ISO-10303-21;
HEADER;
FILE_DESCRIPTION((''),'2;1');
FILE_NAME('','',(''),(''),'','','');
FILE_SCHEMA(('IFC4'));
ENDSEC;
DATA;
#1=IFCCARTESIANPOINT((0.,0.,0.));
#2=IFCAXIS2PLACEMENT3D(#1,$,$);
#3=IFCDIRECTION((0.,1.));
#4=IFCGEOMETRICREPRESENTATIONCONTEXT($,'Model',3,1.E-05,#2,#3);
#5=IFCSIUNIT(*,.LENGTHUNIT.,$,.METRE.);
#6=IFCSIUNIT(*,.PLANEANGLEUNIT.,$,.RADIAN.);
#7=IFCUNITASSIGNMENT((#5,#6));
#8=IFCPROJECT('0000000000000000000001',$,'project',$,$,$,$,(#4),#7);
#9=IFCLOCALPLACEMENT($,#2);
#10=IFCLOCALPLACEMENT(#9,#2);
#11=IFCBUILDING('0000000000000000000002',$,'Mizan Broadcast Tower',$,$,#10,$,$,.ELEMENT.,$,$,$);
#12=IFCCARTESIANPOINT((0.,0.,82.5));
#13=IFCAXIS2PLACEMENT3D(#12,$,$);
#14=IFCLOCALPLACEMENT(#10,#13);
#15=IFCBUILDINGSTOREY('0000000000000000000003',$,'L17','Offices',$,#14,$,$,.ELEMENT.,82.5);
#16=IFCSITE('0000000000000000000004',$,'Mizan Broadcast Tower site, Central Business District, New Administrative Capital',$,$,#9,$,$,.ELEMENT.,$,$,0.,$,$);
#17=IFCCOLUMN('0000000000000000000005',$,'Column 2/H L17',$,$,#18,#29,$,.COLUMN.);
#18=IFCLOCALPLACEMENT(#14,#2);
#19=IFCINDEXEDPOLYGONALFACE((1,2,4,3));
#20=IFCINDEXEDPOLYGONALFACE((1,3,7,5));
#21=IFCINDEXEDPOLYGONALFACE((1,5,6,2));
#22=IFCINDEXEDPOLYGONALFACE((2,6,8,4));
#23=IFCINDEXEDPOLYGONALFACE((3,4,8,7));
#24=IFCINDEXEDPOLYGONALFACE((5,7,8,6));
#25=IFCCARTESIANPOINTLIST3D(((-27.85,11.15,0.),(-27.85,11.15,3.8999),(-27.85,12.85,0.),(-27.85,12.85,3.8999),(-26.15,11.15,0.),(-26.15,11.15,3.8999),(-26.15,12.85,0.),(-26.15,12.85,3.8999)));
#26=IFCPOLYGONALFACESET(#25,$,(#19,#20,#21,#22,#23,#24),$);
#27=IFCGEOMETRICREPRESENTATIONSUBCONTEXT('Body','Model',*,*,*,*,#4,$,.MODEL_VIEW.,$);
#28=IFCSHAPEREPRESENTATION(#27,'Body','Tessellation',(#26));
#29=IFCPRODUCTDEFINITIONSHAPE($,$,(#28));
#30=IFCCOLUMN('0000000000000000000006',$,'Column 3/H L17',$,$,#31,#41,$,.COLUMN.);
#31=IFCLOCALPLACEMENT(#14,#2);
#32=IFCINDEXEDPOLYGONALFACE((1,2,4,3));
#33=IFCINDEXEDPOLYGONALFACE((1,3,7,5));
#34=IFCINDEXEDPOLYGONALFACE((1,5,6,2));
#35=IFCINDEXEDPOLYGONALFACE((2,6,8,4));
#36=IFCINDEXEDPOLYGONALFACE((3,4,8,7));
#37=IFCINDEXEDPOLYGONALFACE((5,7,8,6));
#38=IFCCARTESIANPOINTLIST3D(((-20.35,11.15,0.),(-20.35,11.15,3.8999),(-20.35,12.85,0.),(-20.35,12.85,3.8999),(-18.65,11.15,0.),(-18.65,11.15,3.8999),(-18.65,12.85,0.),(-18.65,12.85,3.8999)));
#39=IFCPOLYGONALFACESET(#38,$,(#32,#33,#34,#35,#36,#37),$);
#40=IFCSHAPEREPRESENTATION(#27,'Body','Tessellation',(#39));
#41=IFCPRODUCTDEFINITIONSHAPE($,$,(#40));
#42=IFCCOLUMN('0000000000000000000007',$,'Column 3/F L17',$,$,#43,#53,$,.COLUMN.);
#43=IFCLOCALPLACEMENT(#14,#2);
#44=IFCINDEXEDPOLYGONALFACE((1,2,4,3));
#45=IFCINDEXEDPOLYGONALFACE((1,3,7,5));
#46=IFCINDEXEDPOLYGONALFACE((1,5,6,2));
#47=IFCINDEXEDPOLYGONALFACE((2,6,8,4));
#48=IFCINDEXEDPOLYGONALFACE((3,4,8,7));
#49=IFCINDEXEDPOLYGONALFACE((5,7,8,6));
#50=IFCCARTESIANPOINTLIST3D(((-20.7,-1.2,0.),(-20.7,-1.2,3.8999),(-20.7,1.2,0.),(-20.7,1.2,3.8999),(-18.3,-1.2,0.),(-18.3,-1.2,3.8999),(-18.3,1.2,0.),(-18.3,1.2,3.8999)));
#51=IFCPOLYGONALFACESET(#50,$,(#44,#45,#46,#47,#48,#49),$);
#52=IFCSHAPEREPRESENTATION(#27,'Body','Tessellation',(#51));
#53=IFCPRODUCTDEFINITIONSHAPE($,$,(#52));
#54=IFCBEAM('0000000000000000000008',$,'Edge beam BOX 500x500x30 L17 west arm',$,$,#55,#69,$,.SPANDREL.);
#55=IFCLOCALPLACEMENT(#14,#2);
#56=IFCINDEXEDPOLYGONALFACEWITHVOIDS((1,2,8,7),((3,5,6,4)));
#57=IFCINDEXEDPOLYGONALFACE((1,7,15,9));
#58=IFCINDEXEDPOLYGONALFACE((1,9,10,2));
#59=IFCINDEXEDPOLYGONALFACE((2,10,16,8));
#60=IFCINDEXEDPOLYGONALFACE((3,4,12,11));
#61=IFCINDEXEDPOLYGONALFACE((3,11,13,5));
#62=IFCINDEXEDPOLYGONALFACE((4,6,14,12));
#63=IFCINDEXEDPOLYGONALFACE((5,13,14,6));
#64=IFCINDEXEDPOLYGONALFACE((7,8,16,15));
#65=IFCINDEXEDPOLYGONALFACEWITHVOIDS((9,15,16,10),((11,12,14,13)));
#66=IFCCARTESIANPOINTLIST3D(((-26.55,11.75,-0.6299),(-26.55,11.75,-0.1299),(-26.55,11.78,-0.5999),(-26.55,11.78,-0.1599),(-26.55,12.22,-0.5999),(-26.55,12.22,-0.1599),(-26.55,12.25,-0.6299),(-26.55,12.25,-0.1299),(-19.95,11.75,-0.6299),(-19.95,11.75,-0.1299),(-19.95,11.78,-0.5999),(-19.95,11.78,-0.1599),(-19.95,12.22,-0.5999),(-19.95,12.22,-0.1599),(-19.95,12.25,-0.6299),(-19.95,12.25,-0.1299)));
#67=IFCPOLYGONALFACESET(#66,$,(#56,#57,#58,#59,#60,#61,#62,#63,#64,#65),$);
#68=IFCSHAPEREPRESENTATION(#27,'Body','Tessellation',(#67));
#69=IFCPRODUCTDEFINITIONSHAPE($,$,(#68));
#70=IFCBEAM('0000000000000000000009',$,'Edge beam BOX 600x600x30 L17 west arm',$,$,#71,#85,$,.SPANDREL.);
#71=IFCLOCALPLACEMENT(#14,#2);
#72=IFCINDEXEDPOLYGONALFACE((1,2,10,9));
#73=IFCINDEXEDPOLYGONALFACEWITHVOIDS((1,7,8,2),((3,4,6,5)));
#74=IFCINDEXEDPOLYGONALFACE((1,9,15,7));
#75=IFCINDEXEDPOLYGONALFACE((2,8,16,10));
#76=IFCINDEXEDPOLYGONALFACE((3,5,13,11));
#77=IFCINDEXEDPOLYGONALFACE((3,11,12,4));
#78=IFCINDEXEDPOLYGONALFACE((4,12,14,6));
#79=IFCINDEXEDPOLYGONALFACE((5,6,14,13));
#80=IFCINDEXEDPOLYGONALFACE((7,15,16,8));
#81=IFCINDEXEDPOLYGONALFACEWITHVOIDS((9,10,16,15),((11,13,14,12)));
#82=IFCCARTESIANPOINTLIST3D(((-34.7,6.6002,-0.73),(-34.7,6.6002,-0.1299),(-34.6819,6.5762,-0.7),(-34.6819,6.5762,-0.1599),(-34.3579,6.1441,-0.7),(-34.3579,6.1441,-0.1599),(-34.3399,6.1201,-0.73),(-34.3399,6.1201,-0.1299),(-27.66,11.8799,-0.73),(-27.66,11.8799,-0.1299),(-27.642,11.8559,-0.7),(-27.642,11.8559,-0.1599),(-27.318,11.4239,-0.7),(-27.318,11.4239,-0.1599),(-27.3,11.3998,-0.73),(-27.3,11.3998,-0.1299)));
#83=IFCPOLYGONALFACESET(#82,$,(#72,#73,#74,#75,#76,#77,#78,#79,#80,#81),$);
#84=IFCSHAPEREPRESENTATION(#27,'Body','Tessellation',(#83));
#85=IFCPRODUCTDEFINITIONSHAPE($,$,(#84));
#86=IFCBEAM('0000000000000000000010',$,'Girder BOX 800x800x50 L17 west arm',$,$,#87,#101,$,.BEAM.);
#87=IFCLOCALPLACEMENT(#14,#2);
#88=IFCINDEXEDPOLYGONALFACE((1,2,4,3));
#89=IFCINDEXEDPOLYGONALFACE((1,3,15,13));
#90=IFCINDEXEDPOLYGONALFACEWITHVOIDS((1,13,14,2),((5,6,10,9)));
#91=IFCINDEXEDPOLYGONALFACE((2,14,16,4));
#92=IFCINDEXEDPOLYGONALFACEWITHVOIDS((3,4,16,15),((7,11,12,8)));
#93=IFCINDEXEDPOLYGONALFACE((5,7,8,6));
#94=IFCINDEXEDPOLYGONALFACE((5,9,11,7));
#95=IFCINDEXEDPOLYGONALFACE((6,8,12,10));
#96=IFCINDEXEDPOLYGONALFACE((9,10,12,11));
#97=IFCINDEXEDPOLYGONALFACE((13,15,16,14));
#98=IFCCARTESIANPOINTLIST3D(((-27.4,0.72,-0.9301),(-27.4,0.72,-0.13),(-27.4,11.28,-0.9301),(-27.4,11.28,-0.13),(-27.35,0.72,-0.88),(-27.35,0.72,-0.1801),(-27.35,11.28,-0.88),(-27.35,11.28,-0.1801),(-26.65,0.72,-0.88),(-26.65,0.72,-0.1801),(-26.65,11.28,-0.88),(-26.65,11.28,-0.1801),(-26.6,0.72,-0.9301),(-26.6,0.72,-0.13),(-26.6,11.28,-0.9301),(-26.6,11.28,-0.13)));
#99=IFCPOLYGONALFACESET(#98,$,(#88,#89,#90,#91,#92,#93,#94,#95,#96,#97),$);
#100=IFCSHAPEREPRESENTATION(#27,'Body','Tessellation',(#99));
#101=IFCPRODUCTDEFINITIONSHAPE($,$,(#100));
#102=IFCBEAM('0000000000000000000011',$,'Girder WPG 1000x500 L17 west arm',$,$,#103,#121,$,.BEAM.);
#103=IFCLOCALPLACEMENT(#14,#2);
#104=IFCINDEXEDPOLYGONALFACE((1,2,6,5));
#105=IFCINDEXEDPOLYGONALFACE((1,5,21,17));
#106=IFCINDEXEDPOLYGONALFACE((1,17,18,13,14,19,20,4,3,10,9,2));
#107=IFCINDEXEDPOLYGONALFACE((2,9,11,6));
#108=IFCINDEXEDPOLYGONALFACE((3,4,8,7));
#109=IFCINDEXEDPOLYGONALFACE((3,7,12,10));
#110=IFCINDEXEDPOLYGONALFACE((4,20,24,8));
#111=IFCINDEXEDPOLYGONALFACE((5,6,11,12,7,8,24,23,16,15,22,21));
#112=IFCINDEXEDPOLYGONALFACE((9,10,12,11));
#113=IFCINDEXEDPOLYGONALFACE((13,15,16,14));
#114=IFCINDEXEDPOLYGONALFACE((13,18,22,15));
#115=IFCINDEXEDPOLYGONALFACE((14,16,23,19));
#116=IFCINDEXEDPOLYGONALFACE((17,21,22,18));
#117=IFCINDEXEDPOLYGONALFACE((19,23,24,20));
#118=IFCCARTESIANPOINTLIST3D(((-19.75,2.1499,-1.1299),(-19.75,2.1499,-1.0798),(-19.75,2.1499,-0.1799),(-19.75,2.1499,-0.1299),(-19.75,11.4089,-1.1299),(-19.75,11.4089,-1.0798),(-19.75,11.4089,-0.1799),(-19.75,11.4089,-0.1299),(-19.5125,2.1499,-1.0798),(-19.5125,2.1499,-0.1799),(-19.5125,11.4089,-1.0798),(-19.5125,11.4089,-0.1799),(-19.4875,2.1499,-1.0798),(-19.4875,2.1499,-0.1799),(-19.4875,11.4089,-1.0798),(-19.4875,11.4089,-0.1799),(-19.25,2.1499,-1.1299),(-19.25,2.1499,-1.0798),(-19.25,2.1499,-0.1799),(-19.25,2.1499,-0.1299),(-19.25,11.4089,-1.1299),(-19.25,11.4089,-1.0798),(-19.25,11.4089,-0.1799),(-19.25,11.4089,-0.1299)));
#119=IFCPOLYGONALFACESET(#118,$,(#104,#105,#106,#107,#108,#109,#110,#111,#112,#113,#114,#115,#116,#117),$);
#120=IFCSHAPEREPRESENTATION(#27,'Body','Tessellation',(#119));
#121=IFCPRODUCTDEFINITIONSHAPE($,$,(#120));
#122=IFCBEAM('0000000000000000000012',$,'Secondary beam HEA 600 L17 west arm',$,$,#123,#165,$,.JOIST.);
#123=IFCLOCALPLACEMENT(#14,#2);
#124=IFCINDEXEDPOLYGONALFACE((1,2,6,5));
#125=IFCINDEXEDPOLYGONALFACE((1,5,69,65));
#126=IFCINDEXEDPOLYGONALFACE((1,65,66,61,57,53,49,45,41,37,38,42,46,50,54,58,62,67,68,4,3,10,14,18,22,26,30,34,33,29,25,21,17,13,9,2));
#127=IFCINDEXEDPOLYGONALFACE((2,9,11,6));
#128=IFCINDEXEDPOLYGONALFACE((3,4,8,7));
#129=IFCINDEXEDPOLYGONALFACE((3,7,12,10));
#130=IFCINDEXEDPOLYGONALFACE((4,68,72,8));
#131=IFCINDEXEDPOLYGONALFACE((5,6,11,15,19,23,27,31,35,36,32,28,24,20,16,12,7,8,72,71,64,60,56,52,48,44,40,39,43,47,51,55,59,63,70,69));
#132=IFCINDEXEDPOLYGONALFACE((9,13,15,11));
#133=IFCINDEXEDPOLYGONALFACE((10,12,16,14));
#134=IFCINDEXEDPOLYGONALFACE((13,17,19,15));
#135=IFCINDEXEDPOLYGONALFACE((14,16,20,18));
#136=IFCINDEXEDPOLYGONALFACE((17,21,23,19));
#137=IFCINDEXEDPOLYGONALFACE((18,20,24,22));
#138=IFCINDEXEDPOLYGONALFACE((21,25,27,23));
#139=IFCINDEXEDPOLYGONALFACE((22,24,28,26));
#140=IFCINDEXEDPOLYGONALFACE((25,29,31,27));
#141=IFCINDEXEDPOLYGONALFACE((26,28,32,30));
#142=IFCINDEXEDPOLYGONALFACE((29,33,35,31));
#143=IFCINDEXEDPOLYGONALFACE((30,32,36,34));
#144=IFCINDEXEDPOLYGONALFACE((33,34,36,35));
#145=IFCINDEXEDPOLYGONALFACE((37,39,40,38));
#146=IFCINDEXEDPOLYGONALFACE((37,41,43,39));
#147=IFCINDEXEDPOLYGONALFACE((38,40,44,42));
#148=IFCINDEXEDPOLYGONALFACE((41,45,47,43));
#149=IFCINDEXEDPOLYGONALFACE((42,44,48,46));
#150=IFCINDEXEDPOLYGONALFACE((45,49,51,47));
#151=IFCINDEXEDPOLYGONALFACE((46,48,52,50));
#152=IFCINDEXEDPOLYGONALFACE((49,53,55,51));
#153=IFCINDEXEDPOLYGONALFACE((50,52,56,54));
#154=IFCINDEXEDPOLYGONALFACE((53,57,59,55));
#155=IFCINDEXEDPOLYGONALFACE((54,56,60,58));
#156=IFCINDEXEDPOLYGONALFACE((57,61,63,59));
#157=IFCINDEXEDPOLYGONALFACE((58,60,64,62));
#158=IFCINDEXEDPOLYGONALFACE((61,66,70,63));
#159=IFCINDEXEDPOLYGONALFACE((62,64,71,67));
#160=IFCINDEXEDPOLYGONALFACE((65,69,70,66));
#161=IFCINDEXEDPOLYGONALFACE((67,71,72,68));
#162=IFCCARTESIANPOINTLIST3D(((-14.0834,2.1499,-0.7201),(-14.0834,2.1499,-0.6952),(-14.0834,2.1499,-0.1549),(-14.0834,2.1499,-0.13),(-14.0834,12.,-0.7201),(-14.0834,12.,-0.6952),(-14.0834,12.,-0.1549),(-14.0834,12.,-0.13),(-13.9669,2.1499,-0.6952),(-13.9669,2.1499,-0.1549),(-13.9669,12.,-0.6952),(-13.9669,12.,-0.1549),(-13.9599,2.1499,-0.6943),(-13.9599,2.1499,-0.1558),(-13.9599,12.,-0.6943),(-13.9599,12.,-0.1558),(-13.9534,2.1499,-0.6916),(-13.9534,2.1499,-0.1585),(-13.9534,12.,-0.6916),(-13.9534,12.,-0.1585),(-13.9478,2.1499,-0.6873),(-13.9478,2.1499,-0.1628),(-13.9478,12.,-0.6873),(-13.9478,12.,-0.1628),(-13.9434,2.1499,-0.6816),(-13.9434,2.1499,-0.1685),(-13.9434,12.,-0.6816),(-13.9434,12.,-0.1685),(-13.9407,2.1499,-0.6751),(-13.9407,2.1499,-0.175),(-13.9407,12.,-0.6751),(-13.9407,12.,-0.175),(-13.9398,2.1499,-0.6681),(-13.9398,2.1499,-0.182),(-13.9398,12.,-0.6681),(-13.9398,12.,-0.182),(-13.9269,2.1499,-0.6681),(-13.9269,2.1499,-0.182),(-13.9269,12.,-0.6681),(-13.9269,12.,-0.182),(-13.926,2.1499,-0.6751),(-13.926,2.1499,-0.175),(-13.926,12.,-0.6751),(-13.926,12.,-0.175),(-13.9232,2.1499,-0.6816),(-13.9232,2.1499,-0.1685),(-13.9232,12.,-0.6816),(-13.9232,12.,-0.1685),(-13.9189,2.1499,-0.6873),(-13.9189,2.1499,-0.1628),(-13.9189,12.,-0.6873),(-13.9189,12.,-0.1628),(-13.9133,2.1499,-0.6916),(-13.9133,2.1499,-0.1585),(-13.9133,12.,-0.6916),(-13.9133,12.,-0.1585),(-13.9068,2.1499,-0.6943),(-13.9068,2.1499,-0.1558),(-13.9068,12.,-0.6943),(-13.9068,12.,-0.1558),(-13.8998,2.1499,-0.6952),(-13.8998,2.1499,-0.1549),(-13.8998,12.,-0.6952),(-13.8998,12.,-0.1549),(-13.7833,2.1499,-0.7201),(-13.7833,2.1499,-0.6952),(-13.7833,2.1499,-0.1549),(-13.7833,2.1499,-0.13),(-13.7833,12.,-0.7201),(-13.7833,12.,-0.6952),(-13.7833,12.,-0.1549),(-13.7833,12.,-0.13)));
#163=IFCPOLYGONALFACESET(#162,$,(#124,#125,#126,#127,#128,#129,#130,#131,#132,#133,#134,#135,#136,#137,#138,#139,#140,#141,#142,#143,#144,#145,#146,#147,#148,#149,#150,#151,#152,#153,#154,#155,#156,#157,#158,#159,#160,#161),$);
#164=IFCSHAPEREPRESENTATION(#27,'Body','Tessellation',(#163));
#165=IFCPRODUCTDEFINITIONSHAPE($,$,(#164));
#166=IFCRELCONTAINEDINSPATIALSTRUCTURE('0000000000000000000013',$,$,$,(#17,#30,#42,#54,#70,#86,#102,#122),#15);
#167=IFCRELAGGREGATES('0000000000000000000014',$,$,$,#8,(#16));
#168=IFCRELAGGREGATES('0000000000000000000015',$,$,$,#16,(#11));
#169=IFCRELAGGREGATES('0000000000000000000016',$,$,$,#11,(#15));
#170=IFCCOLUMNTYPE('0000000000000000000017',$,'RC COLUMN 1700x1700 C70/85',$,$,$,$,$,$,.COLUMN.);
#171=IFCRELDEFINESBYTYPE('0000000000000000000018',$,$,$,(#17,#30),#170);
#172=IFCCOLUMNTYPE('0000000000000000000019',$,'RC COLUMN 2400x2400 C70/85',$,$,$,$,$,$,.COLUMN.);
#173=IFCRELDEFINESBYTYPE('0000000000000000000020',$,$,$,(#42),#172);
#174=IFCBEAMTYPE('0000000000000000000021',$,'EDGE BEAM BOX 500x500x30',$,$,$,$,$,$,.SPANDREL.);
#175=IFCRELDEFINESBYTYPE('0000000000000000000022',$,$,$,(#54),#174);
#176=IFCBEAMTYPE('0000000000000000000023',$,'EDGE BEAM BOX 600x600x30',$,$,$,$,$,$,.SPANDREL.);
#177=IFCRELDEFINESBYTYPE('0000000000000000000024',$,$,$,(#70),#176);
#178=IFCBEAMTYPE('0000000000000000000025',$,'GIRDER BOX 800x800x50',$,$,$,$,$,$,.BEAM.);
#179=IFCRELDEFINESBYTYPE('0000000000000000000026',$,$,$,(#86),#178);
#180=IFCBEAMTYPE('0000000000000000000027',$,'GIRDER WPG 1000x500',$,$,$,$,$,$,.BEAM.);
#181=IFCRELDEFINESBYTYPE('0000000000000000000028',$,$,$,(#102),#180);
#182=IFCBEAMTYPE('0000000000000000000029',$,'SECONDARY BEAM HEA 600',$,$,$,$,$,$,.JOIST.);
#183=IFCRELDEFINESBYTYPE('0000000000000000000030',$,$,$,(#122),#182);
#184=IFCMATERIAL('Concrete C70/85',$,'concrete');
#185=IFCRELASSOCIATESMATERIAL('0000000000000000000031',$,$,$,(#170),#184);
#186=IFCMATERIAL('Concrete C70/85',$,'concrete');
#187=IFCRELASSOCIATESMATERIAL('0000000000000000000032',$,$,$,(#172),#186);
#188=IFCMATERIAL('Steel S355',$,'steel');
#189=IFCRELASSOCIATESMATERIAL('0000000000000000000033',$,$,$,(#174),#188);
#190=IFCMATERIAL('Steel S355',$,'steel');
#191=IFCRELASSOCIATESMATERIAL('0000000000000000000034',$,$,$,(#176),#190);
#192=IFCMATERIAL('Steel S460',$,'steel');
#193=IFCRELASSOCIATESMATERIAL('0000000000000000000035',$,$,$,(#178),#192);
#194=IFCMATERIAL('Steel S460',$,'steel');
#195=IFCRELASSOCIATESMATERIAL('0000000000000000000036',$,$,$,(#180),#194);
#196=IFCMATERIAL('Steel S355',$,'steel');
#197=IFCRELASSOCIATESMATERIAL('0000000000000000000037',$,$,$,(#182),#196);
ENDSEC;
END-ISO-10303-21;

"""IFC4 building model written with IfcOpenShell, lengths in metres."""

from ifc_helpers import new_model, si_unit, direction, frame, origin, origin_2d, place, context, subcontext, project, spatial, rectangle, hollow_rectangle, i_section, extrude, material, material_profile, profile_set, type_object, element, save


model = new_model("IFC4")

# Units and contexts
model_context = context("Model", 3, precision=1e-05, world=origin(), true_north=direction((0.0, 1.0)))
body_context = subcontext(model_context, "Body", "Model", "MODEL_VIEW")
ifc_project = project(units=[si_unit("LENGTHUNIT", "METRE"), si_unit("PLANEANGLEUNIT", "RADIAN")], contexts=[model_context])

# Site, building, storey
site_placement = place(None, origin())
site = spatial("IfcSite", under=ifc_project, at=site_placement, Name="Mizan Broadcast Tower site, Central Business District, New Administrative Capital", CompositionType="ELEMENT", RefElevation=0.0)
building_placement = place(site_placement, origin())
building = spatial("IfcBuilding", under=site, at=building_placement, Name="Mizan Broadcast Tower", CompositionType="ELEMENT")
storey_placement = place(building_placement, frame((0.0, 0.0, 82.5)))
storey = spatial("IfcBuildingStorey", under=building, at=storey_placement, Name="L17", Description="Offices", CompositionType="ELEMENT", Elevation=82.5)

# Columns
ifc_material_1 = material(Name="Concrete C70/85", Category="concrete")
ifc_material_profile_1 = material_profile(ifc_material_1, rectangle(XDim=1.7, YDim=1.7, at=origin_2d()), Name="RC 1700x1700")
ifc_profile_set_1 = profile_set([ifc_material_profile_1], Name="Concrete C70/85")
column_type_1 = type_object("IfcColumnType", Name="RC COLUMN 1700x1700 C70/85", PredefinedType="COLUMN", material=ifc_profile_set_1)
for number, where, z_axis, x_axis, name in (
    (1, (-27.0, 12.0, 0.0), (0.0, 0.0, 1.0), (1.0, 0.0, 0.0), "Column 2/H L17"),
    (2, (-19.5, 12.0, 0.0), (0.0, 0.0, 1.0), (1.0, 0.0, 0.0), "Column 3/H L17"),
):
    element("IfcColumn", number, at=place(storey_placement, frame(where, z_axis=z_axis, x_axis=x_axis)), inside=storey, type_object=column_type_1, Name=name, PredefinedType="COLUMN", context=body_context, shape_type="SweptSolid", body=[
        extrude(rectangle(XDim=1.7, YDim=1.7, at=origin_2d()), origin(), (0.0, 0.0, 1.0), 3.8999),
    ])
ifc_material_2 = material(Name="Concrete C70/85", Category="concrete")
ifc_material_profile_2 = material_profile(ifc_material_2, rectangle(XDim=2.3999, YDim=2.3999, at=origin_2d()), Name="RC 2400x2400")
ifc_profile_set_2 = profile_set([ifc_material_profile_2], Name="Concrete C70/85")
column_type_2 = type_object("IfcColumnType", Name="RC COLUMN 2400x2400 C70/85", PredefinedType="COLUMN", material=ifc_profile_set_2)
column_placement = place(storey_placement, frame((-19.5, 0.0, 0.0), z_axis=(0.0, 0.0, 1.0), x_axis=(1.0, 0.0, 0.0)))
element("IfcColumn", 3, at=column_placement, inside=storey, type_object=column_type_2, Name="Column 3/F L17", PredefinedType="COLUMN", context=body_context, shape_type="SweptSolid", body=[
    extrude(rectangle(XDim=2.3999, YDim=2.3999, at=origin_2d()), origin(), (0.0, 0.0, 1.0), 3.8999),
])

# Beams
ifc_material_3 = material(Name="Steel S355", Category="steel")
ifc_material_profile_3 = material_profile(ifc_material_3, hollow_rectangle(XDim=0.5, YDim=0.5, WallThickness=0.03, at=origin_2d()), Name="BOX 500x500x30")
ifc_profile_set_3 = profile_set([ifc_material_profile_3], Name="Steel S355")
beam_type_1 = type_object("IfcBeamType", Name="EDGE BEAM BOX 500x500x30", PredefinedType="SPANDREL", material=ifc_profile_set_3)
beam_1_placement = place(storey_placement, frame((-19.95, 12.0, -0.3799), z_axis=(-1.0, 0.0, 0.0), x_axis=(0.0, -1.0, 0.0)))
element("IfcBeam", 4, at=beam_1_placement, inside=storey, type_object=beam_type_1, Name="Edge beam BOX 500x500x30 L17 west arm", PredefinedType="SPANDREL", context=body_context, shape_type="SweptSolid", body=[
    extrude(hollow_rectangle(XDim=0.5, YDim=0.5, WallThickness=0.03, at=origin_2d()), origin(), (0.0, 0.0, 1.0), 6.6001),
])
ifc_material_4 = material(Name="Steel S355", Category="steel")
ifc_material_profile_4 = material_profile(ifc_material_4, hollow_rectangle(XDim=0.6001, YDim=0.6001, WallThickness=0.03, at=origin_2d()), Name="BOX 600x600x30")
ifc_profile_set_4 = profile_set([ifc_material_profile_4], Name="Steel S355")
beam_type_2 = type_object("IfcBeamType", Name="EDGE BEAM BOX 600x600x30", PredefinedType="SPANDREL", material=ifc_profile_set_4)
beam_2_placement = place(storey_placement, frame((-27.48, 11.6399, -0.4299), z_axis=(-0.800013, -0.599982, 0.0), x_axis=(0.599982, -0.800013, 0.0)))
element("IfcBeam", 5, at=beam_2_placement, inside=storey, type_object=beam_type_2, Name="Edge beam BOX 600x600x30 L17 west arm", PredefinedType="SPANDREL", context=body_context, shape_type="SweptSolid", body=[
    extrude(hollow_rectangle(XDim=0.6001, YDim=0.6001, WallThickness=0.03, at=origin_2d()), origin(), (0.0, 0.0, 1.0), 8.7998),
])
ifc_material_5 = material(Name="Steel S460", Category="steel")
ifc_material_profile_5 = material_profile(ifc_material_5, hollow_rectangle(XDim=0.8, YDim=0.8, WallThickness=0.05, at=origin_2d()), Name="BOX 800x800x50")
ifc_profile_set_5 = profile_set([ifc_material_profile_5], Name="Steel S460")
beam_type_3 = type_object("IfcBeamType", Name="GIRDER BOX 800x800x50", PredefinedType="BEAM", material=ifc_profile_set_5)
beam_3_placement = place(storey_placement, frame((-27.0, 11.28, -0.53), z_axis=(0.0, -1.0, 0.0), x_axis=(1.0, 0.0, 0.0)))
element("IfcBeam", 6, at=beam_3_placement, inside=storey, type_object=beam_type_3, Name="Girder BOX 800x800x50 L17 west arm", PredefinedType="BEAM", context=body_context, shape_type="SweptSolid", body=[
    extrude(hollow_rectangle(XDim=0.8, YDim=0.8, WallThickness=0.05, at=origin_2d()), origin(), (0.0, 0.0, 1.0), 10.5601),
])
ifc_material_6 = material(Name="Steel S460", Category="steel")
ifc_material_profile_6 = material_profile(ifc_material_6, i_section(OverallWidth=0.5, OverallDepth=1.0, WebThickness=0.0249, FlangeThickness=0.05, at=origin_2d()), Name="WPG 1000x500")
ifc_profile_set_6 = profile_set([ifc_material_profile_6], Name="Steel S460")
beam_type_4 = type_object("IfcBeamType", Name="GIRDER WPG 1000x500", PredefinedType="BEAM", material=ifc_profile_set_6)
beam_4_placement = place(storey_placement, frame((-19.5, 11.4089, -0.6299), z_axis=(0.0, -1.0, 0.0), x_axis=(1.0, 0.0, 0.0)))
element("IfcBeam", 7, at=beam_4_placement, inside=storey, type_object=beam_type_4, Name="Girder WPG 1000x500 L17 west arm", PredefinedType="BEAM", context=body_context, shape_type="SweptSolid", body=[
    extrude(i_section(OverallWidth=0.5, OverallDepth=1.0, WebThickness=0.0249, FlangeThickness=0.05, at=origin_2d()), origin(), (0.0, 0.0, 1.0), 9.259),
])
ifc_material_7 = material(Name="Steel S355", Category="steel")
ifc_material_profile_7 = material_profile(ifc_material_7, i_section(OverallWidth=0.3, OverallDepth=0.5901, WebThickness=0.0129, FlangeThickness=0.0249, FilletRadius=0.0271, at=origin_2d()), Name="HEA 600")
ifc_profile_set_7 = profile_set([ifc_material_profile_7], Name="Steel S355")
beam_type_5 = type_object("IfcBeamType", Name="SECONDARY BEAM HEA 600", PredefinedType="JOIST", material=ifc_profile_set_7)
for number, where, z_axis, x_axis, name in (
    (8, (-13.9333, 12.0, -0.425), (0.0, -1.0, 0.0), (1.0, 0.0, 0.0), "Secondary beam HEA 600 L17 west arm"),
):
    element("IfcBeam", number, at=place(storey_placement, frame(where, z_axis=z_axis, x_axis=x_axis)), inside=storey, type_object=beam_type_5, Name=name, PredefinedType="JOIST", context=body_context, shape_type="SweptSolid", body=[
        extrude(i_section(OverallWidth=0.3, OverallDepth=0.5901, WebThickness=0.0129, FlangeThickness=0.0249, FilletRadius=0.0271, at=origin_2d()), origin(), (0.0, 0.0, 1.0), 9.8501),
    ])

save(model, "model.ifc")
